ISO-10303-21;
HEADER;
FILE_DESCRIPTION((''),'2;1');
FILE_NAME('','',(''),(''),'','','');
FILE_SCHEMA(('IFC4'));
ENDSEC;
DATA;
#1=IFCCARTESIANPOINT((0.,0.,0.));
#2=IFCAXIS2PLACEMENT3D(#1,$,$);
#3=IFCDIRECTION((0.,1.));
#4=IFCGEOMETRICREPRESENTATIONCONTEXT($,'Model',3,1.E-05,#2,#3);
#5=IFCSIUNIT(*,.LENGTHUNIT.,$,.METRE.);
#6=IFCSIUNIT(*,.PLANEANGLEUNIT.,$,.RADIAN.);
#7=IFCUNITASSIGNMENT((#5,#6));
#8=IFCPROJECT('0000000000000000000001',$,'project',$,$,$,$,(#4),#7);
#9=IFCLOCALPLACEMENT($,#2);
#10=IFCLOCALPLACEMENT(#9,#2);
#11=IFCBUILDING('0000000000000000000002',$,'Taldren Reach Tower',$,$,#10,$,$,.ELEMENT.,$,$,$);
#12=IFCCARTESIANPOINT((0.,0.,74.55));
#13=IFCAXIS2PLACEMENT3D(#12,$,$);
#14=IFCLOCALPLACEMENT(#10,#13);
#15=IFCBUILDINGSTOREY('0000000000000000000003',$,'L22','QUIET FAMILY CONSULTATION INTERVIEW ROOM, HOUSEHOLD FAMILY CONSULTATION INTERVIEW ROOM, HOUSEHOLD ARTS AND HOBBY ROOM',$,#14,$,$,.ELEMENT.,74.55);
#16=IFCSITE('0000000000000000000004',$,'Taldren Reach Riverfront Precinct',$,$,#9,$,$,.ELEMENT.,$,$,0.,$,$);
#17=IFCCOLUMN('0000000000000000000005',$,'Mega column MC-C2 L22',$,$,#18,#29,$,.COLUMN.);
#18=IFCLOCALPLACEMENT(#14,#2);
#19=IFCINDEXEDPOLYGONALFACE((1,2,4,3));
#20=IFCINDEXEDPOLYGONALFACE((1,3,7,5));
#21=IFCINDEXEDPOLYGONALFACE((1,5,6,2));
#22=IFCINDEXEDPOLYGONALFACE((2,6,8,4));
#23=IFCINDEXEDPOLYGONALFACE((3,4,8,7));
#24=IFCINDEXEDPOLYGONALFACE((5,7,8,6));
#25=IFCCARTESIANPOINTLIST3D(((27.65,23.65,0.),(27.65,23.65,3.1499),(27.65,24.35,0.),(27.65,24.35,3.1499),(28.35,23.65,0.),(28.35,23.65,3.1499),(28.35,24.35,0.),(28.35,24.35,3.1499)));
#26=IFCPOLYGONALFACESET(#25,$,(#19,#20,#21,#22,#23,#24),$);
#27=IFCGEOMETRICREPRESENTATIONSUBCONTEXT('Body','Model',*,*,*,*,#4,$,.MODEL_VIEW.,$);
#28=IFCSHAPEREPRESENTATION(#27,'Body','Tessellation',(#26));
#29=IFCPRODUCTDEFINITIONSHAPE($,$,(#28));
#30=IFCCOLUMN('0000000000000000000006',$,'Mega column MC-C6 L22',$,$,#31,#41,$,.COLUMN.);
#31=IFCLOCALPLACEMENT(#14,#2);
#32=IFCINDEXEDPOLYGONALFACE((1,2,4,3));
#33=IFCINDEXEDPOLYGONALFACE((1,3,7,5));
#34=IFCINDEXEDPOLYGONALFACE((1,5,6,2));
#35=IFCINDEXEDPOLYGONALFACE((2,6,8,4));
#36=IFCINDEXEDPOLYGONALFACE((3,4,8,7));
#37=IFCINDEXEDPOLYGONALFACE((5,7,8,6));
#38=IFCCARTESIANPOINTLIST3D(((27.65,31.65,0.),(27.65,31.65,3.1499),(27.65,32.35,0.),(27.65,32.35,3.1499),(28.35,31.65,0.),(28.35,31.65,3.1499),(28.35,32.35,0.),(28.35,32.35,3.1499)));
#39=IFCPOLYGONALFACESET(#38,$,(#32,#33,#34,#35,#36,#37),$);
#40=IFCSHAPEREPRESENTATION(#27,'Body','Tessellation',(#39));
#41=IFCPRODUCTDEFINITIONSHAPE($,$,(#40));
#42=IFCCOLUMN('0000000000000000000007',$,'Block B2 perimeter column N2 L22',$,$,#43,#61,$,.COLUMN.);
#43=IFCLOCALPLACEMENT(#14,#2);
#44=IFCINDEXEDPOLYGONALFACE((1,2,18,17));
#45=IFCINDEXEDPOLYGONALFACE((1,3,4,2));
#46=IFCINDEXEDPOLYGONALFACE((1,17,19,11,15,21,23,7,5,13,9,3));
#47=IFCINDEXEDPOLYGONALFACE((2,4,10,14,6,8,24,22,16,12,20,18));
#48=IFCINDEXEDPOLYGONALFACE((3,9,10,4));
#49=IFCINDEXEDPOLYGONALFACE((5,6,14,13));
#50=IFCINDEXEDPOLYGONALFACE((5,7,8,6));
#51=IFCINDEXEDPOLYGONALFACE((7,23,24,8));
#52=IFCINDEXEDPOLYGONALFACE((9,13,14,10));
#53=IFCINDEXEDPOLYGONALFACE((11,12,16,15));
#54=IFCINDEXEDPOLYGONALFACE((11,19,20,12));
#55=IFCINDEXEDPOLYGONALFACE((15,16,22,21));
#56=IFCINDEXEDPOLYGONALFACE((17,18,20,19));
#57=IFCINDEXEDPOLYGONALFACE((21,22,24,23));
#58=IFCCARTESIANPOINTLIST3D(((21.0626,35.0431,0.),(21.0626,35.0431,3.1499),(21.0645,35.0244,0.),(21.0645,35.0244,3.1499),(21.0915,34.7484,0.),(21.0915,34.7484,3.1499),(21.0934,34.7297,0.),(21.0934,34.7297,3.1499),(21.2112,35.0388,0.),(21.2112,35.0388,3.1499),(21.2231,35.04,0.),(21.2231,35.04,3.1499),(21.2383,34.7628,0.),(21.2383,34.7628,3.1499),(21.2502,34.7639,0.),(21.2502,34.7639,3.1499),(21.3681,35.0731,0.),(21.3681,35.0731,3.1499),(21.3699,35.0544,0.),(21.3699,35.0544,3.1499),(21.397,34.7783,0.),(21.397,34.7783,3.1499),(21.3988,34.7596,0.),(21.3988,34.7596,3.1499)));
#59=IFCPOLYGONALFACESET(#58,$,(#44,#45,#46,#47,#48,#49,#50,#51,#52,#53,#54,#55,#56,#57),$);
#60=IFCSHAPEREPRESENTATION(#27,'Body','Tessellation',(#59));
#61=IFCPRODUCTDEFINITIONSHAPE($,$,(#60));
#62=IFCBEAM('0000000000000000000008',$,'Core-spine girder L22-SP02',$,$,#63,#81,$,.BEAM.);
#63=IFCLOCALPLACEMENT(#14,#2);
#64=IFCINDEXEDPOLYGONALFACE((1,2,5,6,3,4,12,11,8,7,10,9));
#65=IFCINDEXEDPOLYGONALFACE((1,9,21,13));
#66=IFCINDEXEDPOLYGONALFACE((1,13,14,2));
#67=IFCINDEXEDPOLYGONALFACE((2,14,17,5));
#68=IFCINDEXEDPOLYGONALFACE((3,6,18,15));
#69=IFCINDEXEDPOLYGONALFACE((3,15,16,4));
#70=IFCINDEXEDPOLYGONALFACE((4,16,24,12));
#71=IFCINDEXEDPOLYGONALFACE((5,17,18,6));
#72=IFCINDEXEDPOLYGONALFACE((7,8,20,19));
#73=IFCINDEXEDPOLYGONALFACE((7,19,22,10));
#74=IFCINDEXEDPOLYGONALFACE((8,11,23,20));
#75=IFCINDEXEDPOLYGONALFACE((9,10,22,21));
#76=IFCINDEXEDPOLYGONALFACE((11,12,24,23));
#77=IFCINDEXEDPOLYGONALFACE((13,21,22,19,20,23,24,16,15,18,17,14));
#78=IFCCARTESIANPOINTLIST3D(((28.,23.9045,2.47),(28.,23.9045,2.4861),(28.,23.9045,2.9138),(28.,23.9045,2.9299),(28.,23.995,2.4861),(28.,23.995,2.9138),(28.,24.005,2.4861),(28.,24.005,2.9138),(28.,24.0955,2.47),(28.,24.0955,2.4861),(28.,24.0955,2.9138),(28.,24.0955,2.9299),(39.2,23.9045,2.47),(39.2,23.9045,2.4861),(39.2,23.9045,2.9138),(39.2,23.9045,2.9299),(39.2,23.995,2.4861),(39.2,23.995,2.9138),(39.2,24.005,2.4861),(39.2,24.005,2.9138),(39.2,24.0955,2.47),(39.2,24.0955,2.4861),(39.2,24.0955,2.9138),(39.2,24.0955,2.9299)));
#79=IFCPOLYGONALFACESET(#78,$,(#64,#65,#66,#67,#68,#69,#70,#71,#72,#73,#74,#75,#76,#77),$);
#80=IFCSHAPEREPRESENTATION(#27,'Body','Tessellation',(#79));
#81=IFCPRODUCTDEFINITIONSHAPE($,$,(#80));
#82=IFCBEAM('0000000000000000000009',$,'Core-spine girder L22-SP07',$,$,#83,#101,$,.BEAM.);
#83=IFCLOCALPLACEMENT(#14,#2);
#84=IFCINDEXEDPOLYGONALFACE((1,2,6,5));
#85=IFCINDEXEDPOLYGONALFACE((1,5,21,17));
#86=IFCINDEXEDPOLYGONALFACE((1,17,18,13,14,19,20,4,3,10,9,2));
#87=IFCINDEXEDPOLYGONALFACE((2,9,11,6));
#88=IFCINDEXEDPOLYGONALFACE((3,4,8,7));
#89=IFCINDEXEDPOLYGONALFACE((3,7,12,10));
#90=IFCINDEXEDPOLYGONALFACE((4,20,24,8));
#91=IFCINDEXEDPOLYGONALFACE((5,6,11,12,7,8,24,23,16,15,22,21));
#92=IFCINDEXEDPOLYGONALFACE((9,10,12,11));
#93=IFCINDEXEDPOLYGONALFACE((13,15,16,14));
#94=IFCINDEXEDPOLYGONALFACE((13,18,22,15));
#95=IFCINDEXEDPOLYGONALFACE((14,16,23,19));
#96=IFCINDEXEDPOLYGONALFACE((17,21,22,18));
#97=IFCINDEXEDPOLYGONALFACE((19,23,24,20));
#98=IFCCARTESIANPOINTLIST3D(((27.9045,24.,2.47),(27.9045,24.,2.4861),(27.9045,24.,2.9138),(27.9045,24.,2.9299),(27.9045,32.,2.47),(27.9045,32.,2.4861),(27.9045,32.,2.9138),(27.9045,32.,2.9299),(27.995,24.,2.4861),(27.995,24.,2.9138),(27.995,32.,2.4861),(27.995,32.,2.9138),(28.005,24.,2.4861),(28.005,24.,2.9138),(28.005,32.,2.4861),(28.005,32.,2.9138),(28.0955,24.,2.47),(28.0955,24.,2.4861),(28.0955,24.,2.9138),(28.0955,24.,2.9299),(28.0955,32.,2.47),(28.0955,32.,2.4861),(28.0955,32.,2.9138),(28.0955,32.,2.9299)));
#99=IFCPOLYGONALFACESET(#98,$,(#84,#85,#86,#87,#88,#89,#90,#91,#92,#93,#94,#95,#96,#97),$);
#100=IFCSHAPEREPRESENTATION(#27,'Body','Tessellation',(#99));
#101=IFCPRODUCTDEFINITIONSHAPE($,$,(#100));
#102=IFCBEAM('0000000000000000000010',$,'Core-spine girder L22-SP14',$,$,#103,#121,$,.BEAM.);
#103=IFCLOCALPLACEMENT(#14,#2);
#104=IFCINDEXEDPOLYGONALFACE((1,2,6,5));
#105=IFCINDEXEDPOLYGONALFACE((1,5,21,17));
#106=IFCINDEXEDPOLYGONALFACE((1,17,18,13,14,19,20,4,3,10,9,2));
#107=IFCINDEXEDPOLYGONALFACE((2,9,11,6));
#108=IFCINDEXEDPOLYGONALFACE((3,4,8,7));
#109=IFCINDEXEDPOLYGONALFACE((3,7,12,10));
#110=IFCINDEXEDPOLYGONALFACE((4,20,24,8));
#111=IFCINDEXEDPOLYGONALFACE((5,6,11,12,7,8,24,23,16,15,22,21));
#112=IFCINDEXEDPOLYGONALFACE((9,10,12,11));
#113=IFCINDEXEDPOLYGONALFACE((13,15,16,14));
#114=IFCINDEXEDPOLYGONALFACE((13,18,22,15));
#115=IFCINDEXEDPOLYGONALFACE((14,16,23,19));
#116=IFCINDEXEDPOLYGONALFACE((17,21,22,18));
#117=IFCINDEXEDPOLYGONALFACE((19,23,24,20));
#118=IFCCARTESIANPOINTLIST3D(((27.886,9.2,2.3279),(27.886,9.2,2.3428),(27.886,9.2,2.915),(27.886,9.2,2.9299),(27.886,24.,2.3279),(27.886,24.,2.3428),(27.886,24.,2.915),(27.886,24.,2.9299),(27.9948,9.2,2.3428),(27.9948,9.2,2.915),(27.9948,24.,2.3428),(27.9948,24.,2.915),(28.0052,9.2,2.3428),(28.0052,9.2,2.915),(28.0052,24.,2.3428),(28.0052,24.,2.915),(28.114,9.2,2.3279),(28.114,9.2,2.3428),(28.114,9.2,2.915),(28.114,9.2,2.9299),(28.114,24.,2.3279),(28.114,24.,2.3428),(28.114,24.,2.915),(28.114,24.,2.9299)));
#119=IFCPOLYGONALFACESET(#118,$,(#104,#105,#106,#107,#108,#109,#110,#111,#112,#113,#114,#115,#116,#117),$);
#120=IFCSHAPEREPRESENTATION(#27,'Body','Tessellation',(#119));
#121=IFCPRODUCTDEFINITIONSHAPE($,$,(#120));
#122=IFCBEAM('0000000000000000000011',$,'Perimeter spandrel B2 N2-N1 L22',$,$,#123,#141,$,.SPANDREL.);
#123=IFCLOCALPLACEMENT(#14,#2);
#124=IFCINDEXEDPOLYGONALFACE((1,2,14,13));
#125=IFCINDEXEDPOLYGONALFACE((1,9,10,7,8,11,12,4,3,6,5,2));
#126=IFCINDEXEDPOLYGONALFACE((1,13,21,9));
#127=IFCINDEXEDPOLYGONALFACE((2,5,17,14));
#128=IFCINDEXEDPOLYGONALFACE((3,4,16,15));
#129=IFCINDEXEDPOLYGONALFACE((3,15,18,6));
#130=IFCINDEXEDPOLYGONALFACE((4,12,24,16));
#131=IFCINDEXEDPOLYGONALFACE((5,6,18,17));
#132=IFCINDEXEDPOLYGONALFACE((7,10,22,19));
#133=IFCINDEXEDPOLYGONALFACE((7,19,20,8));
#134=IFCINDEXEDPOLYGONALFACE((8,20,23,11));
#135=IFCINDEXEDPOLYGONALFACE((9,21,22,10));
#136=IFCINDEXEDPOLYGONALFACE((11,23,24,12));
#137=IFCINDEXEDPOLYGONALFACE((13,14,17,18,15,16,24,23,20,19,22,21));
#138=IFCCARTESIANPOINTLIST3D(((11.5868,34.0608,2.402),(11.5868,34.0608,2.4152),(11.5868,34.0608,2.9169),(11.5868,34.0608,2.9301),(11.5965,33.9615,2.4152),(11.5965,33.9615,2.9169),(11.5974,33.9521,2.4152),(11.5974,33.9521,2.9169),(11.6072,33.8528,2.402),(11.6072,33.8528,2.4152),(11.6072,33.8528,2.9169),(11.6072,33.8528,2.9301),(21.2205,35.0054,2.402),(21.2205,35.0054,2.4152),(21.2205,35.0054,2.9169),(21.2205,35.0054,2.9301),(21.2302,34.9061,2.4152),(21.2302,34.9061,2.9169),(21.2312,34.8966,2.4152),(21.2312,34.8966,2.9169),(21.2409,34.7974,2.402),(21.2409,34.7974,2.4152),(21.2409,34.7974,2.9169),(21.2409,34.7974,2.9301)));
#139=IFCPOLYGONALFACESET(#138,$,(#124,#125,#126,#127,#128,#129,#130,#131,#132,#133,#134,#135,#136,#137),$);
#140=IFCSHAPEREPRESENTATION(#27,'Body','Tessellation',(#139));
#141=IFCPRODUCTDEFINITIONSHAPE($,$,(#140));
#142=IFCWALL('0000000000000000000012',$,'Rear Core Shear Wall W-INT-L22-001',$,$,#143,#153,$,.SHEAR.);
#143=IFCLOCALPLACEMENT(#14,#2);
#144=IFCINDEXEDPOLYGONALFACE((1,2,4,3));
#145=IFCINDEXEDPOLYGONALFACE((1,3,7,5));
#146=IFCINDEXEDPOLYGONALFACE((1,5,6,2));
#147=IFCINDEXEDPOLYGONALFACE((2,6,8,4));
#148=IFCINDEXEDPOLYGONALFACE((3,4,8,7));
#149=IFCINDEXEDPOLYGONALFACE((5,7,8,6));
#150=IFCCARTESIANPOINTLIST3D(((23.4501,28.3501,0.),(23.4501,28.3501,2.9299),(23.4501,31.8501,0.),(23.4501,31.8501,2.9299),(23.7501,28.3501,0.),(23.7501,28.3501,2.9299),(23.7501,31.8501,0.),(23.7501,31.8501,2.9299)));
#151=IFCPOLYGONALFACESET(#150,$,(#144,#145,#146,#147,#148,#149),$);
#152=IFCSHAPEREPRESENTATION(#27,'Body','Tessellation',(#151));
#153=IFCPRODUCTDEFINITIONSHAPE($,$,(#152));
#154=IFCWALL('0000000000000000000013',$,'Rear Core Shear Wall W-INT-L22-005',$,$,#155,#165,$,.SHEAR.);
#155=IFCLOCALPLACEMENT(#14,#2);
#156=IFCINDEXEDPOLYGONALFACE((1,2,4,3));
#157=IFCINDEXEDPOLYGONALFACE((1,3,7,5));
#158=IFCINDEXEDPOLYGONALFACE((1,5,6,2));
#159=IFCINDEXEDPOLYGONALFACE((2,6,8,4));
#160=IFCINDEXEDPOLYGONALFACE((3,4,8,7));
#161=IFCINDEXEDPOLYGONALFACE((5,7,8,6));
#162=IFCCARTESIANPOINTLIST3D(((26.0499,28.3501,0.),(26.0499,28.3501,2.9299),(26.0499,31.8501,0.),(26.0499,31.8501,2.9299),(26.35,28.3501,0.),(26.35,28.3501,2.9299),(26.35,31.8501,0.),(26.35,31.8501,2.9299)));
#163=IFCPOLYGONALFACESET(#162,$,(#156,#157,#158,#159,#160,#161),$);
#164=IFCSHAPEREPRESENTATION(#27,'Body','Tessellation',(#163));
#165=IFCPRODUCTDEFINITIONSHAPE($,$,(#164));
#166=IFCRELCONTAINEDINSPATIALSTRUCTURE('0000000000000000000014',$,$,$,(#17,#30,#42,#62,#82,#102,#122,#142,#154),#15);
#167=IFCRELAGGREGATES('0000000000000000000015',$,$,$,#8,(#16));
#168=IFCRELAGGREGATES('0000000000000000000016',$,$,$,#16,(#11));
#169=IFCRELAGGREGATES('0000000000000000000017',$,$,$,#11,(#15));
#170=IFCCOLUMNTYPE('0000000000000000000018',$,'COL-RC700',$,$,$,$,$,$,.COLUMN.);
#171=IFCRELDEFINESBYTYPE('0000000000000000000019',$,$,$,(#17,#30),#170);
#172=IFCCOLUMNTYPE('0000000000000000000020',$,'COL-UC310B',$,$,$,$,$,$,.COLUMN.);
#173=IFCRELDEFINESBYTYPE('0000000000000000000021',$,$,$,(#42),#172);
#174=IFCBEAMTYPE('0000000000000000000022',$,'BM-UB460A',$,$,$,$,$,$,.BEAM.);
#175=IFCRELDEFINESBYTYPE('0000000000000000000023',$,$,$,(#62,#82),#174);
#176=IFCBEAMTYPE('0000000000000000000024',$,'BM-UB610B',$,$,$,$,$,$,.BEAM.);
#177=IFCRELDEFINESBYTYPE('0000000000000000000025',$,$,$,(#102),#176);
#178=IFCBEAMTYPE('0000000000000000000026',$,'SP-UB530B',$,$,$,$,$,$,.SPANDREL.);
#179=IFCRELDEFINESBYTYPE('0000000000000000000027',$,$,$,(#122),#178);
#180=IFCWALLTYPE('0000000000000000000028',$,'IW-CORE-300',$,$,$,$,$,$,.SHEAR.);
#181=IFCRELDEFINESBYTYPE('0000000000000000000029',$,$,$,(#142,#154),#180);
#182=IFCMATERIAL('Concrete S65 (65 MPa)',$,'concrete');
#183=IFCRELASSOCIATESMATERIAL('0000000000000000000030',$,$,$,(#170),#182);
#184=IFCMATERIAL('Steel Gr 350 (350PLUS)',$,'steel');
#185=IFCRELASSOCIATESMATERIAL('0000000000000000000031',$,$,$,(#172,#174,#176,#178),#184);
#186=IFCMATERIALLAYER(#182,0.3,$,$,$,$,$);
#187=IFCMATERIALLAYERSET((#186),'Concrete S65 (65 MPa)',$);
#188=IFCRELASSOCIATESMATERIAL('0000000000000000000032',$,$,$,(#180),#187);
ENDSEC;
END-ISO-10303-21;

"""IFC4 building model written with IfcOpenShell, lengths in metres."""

from ifc_helpers import new_model, si_unit, direction, frame, frame_2d, origin, origin_2d, place, context, subcontext, project, spatial, rectangle, i_section, extrude, source, transform, mapped, material, layer, layer_set, material_profile, profile_set, type_object, element, save


model = new_model("IFC4")

# Units and contexts
model_context = context("Model", 3, precision=1e-05, world=origin(), true_north=direction((0.0, 1.0)))
body_context = subcontext(model_context, "Body", "Model", "MODEL_VIEW")
ifc_project = project(units=[si_unit("LENGTHUNIT", "METRE"), si_unit("PLANEANGLEUNIT", "RADIAN")], contexts=[model_context])

# Site, building, storey
site_placement = place(None, origin())
site = spatial("IfcSite", under=ifc_project, at=site_placement, Name="Taldren Reach Riverfront Precinct", CompositionType="ELEMENT", RefElevation=0.0)
building_placement = place(site_placement, origin())
building = spatial("IfcBuilding", under=site, at=building_placement, Name="Taldren Reach Tower", CompositionType="ELEMENT")
storey_placement = place(building_placement, frame((0.0, 0.0, 74.55)))
storey = spatial("IfcBuildingStorey", under=building, at=storey_placement, Name="L22", Description="QUIET FAMILY CONSULTATION INTERVIEW ROOM, HOUSEHOLD FAMILY CONSULTATION INTERVIEW ROOM, HOUSEHOLD ARTS AND HOBBY ROOM", CompositionType="ELEMENT", Elevation=74.55)

# Columns
ifc_material_1 = material(Name="Concrete S65 (65 MPa)", Category="concrete")
ifc_material_profile_1 = material_profile(ifc_material_1, rectangle(XDim=0.7, YDim=0.7, at=origin_2d()), Name="RC-700x700")
ifc_profile_set_1 = profile_set([ifc_material_profile_1], Name="Concrete S65 (65 MPa)")
column_type_1 = type_object("IfcColumnType", Name="COL-RC700", PredefinedType="COLUMN", material=ifc_profile_set_1)
shared_shape_1 = source(origin(), body_context, "Body", "SweptSolid", [
    extrude(rectangle(XDim=0.7, YDim=0.7, at=origin_2d()), origin(), (0.0, 0.0, 1.0), 3.1499),
])
for number, where, z_axis, x_axis, name in (
    (1, (28.0, 24.0, 0.0), (0.0, 0.0, 1.0), (1.0, 0.0, 0.0), "Mega column MC-C2 L22"),
    (2, (28.0, 32.0, 0.0), (0.0, 0.0, 1.0), (1.0, 0.0, 0.0), "Mega column MC-C6 L22"),
):
    element("IfcColumn", number, at=place(storey_placement, frame(where, z_axis=z_axis, x_axis=x_axis)), inside=storey, type_object=column_type_1, Name=name, PredefinedType="COLUMN", context=body_context, shape_type="MappedRepresentation", body=[
        mapped(shared_shape_1, transform((0.0, 0.0, 0.0), scale=1.0)),
    ])
ifc_material_2 = material(Name="Steel Gr 350 (350PLUS)", Category="steel")
ifc_material_profile_2 = material_profile(ifc_material_2, i_section(OverallWidth=0.3069, OverallDepth=0.3149, WebThickness=0.012, FlangeThickness=0.0188, at=origin_2d()), Name="310UC118")
ifc_profile_set_2 = profile_set([ifc_material_profile_2], Name="Steel Gr 350 (350PLUS)")
column_type_2 = type_object("IfcColumnType", Name="COL-UC310B", PredefinedType="COLUMN", material=ifc_profile_set_2)
shared_shape_2 = source(origin(), body_context, "Body", "SweptSolid", [
    extrude(i_section(OverallWidth=0.3069, OverallDepth=0.3149, WebThickness=0.012, FlangeThickness=0.0188, at=origin_2d()), origin(), (0.0, 0.0, 1.0), 3.1499),
])
column_placement = place(storey_placement, frame((21.2307, 34.9014, 0.0), z_axis=(0.0, 0.0, 1.0), x_axis=(0.995227, 0.097583, 0.0)))
element("IfcColumn", 3, at=column_placement, inside=storey, type_object=column_type_2, Name="Block B2 perimeter column N2 L22", PredefinedType="COLUMN", context=body_context, shape_type="MappedRepresentation", body=[
    mapped(shared_shape_2, transform((0.0, 0.0, 0.0), scale=1.0)),
])

# Beams
ifc_material_profile_3 = material_profile(ifc_material_2, i_section(OverallWidth=0.1909, OverallDepth=0.46, WebThickness=0.01, FlangeThickness=0.0161, at=origin_2d()), Name="460UB82.1")
ifc_profile_set_3 = profile_set([ifc_material_profile_3], Name="Steel Gr 350 (350PLUS)")
beam_type_1 = type_object("IfcBeamType", Name="BM-UB460A", PredefinedType="BEAM", material=ifc_profile_set_3)
shared_shape_3 = source(origin(), body_context, "Body", "SweptSolid", [
    extrude(i_section(OverallWidth=0.1909, OverallDepth=0.46, WebThickness=0.01, FlangeThickness=0.0161, at=origin_2d()), origin(), (0.0, 0.0, 1.0), 11.2),
])
beam_1_placement = place(storey_placement, frame((28.0, 24.0, 2.7), z_axis=(1.0, 0.0, 0.0), x_axis=(0.0, 1.0, 0.0)))
element("IfcBeam", 4, at=beam_1_placement, inside=storey, type_object=beam_type_1, Name="Core-spine girder L22-SP02", PredefinedType="BEAM", context=body_context, shape_type="MappedRepresentation", body=[
    mapped(shared_shape_3, transform((0.0, 0.0, 0.0), scale=1.0)),
])
shared_shape_4 = source(origin(), body_context, "Body", "SweptSolid", [
    extrude(i_section(OverallWidth=0.1909, OverallDepth=0.46, WebThickness=0.01, FlangeThickness=0.0161, at=origin_2d()), origin(), (0.0, 0.0, 1.0), 8.0),
])
beam_2_placement = place(storey_placement, frame((28.0, 24.0, 2.7), z_axis=(0.0, 1.0, 0.0), x_axis=(-1.0, 0.0, 0.0)))
element("IfcBeam", 5, at=beam_2_placement, inside=storey, type_object=beam_type_1, Name="Core-spine girder L22-SP07", PredefinedType="BEAM", context=body_context, shape_type="MappedRepresentation", body=[
    mapped(shared_shape_4, transform((0.0, 0.0, 0.0), scale=1.0)),
])
ifc_material_profile_4 = material_profile(ifc_material_2, i_section(OverallWidth=0.228, OverallDepth=0.6021, WebThickness=0.0105, FlangeThickness=0.0149, at=origin_2d()), Name="610UB101")
ifc_profile_set_4 = profile_set([ifc_material_profile_4], Name="Steel Gr 350 (350PLUS)")
beam_type_2 = type_object("IfcBeamType", Name="BM-UB610B", PredefinedType="BEAM", material=ifc_profile_set_4)
shared_shape_5 = source(origin(), body_context, "Body", "SweptSolid", [
    extrude(i_section(OverallWidth=0.228, OverallDepth=0.6021, WebThickness=0.0105, FlangeThickness=0.0149, at=origin_2d()), origin(), (0.0, 0.0, 1.0), 14.8),
])
beam_3_placement = place(storey_placement, frame((28.0, 24.0, 2.6289), z_axis=(0.0, -1.0, 0.0), x_axis=(1.0, 0.0, 0.0)))
element("IfcBeam", 6, at=beam_3_placement, inside=storey, type_object=beam_type_2, Name="Core-spine girder L22-SP14", PredefinedType="BEAM", context=body_context, shape_type="MappedRepresentation", body=[
    mapped(shared_shape_5, transform((0.0, 0.0, 0.0), scale=1.0)),
])
ifc_material_profile_5 = material_profile(ifc_material_2, i_section(OverallWidth=0.209, OverallDepth=0.5281, WebThickness=0.0095, FlangeThickness=0.0132, at=origin_2d()), Name="530UB82.0")
ifc_profile_set_5 = profile_set([ifc_material_profile_5], Name="Steel Gr 350 (350PLUS)")
beam_type_3 = type_object("IfcBeamType", Name="SP-UB530B", PredefinedType="SPANDREL", material=ifc_profile_set_5)
shared_shape_6 = source(origin(), body_context, "Body", "SweptSolid", [
    extrude(i_section(OverallWidth=0.209, OverallDepth=0.5281, WebThickness=0.0095, FlangeThickness=0.0132, at=origin_2d()), origin(), (0.0, 0.0, 1.0), 9.6799),
])
beam_4_placement = place(storey_placement, frame((21.2307, 34.9014, 2.666), z_axis=(-0.995228, -0.097581, 0.0), x_axis=(0.097581, -0.995228, 0.0)))
element("IfcBeam", 7, at=beam_4_placement, inside=storey, type_object=beam_type_3, Name="Perimeter spandrel B2 N2-N1 L22", PredefinedType="SPANDREL", context=body_context, shape_type="MappedRepresentation", body=[
    mapped(shared_shape_6, transform((0.0, 0.0, 0.0), scale=1.0)),
])

# Walls
ifc_layer_1 = layer(ifc_material_1, 0.3)
ifc_layer_set_1 = layer_set([ifc_layer_1], Name="Concrete S65 (65 MPa)")
wall_type_1 = type_object("IfcWallType", Name="IW-CORE-300", PredefinedType="SHEAR", material=ifc_layer_set_1)
shared_shape_7 = source(origin(), body_context, "Body", "SweptSolid", [
    extrude(rectangle(XDim=3.5, YDim=0.3, at=frame_2d((1.75, 0.0))), origin(), (0.0, 0.0, 1.0), 2.9299),
])
for number, where, z_axis, x_axis, name in (
    (8, (23.6001, 28.3501, 0.0), (0.0, 0.0, 1.0), (0.0, 1.0, 0.0), "Rear Core Shear Wall W-INT-L22-001"),
    (9, (26.2, 28.3501, 0.0), (0.0, 0.0, 1.0), (0.0, 1.0, 0.0), "Rear Core Shear Wall W-INT-L22-005"),
):
    element("IfcWall", number, at=place(storey_placement, frame(where, z_axis=z_axis, x_axis=x_axis)), inside=storey, type_object=wall_type_1, Name=name, PredefinedType="SHEAR", context=body_context, shape_type="MappedRepresentation", body=[
        mapped(shared_shape_7, transform((0.0, 0.0, 0.0), scale=1.0)),
    ])

save(model, "model.ifc")
